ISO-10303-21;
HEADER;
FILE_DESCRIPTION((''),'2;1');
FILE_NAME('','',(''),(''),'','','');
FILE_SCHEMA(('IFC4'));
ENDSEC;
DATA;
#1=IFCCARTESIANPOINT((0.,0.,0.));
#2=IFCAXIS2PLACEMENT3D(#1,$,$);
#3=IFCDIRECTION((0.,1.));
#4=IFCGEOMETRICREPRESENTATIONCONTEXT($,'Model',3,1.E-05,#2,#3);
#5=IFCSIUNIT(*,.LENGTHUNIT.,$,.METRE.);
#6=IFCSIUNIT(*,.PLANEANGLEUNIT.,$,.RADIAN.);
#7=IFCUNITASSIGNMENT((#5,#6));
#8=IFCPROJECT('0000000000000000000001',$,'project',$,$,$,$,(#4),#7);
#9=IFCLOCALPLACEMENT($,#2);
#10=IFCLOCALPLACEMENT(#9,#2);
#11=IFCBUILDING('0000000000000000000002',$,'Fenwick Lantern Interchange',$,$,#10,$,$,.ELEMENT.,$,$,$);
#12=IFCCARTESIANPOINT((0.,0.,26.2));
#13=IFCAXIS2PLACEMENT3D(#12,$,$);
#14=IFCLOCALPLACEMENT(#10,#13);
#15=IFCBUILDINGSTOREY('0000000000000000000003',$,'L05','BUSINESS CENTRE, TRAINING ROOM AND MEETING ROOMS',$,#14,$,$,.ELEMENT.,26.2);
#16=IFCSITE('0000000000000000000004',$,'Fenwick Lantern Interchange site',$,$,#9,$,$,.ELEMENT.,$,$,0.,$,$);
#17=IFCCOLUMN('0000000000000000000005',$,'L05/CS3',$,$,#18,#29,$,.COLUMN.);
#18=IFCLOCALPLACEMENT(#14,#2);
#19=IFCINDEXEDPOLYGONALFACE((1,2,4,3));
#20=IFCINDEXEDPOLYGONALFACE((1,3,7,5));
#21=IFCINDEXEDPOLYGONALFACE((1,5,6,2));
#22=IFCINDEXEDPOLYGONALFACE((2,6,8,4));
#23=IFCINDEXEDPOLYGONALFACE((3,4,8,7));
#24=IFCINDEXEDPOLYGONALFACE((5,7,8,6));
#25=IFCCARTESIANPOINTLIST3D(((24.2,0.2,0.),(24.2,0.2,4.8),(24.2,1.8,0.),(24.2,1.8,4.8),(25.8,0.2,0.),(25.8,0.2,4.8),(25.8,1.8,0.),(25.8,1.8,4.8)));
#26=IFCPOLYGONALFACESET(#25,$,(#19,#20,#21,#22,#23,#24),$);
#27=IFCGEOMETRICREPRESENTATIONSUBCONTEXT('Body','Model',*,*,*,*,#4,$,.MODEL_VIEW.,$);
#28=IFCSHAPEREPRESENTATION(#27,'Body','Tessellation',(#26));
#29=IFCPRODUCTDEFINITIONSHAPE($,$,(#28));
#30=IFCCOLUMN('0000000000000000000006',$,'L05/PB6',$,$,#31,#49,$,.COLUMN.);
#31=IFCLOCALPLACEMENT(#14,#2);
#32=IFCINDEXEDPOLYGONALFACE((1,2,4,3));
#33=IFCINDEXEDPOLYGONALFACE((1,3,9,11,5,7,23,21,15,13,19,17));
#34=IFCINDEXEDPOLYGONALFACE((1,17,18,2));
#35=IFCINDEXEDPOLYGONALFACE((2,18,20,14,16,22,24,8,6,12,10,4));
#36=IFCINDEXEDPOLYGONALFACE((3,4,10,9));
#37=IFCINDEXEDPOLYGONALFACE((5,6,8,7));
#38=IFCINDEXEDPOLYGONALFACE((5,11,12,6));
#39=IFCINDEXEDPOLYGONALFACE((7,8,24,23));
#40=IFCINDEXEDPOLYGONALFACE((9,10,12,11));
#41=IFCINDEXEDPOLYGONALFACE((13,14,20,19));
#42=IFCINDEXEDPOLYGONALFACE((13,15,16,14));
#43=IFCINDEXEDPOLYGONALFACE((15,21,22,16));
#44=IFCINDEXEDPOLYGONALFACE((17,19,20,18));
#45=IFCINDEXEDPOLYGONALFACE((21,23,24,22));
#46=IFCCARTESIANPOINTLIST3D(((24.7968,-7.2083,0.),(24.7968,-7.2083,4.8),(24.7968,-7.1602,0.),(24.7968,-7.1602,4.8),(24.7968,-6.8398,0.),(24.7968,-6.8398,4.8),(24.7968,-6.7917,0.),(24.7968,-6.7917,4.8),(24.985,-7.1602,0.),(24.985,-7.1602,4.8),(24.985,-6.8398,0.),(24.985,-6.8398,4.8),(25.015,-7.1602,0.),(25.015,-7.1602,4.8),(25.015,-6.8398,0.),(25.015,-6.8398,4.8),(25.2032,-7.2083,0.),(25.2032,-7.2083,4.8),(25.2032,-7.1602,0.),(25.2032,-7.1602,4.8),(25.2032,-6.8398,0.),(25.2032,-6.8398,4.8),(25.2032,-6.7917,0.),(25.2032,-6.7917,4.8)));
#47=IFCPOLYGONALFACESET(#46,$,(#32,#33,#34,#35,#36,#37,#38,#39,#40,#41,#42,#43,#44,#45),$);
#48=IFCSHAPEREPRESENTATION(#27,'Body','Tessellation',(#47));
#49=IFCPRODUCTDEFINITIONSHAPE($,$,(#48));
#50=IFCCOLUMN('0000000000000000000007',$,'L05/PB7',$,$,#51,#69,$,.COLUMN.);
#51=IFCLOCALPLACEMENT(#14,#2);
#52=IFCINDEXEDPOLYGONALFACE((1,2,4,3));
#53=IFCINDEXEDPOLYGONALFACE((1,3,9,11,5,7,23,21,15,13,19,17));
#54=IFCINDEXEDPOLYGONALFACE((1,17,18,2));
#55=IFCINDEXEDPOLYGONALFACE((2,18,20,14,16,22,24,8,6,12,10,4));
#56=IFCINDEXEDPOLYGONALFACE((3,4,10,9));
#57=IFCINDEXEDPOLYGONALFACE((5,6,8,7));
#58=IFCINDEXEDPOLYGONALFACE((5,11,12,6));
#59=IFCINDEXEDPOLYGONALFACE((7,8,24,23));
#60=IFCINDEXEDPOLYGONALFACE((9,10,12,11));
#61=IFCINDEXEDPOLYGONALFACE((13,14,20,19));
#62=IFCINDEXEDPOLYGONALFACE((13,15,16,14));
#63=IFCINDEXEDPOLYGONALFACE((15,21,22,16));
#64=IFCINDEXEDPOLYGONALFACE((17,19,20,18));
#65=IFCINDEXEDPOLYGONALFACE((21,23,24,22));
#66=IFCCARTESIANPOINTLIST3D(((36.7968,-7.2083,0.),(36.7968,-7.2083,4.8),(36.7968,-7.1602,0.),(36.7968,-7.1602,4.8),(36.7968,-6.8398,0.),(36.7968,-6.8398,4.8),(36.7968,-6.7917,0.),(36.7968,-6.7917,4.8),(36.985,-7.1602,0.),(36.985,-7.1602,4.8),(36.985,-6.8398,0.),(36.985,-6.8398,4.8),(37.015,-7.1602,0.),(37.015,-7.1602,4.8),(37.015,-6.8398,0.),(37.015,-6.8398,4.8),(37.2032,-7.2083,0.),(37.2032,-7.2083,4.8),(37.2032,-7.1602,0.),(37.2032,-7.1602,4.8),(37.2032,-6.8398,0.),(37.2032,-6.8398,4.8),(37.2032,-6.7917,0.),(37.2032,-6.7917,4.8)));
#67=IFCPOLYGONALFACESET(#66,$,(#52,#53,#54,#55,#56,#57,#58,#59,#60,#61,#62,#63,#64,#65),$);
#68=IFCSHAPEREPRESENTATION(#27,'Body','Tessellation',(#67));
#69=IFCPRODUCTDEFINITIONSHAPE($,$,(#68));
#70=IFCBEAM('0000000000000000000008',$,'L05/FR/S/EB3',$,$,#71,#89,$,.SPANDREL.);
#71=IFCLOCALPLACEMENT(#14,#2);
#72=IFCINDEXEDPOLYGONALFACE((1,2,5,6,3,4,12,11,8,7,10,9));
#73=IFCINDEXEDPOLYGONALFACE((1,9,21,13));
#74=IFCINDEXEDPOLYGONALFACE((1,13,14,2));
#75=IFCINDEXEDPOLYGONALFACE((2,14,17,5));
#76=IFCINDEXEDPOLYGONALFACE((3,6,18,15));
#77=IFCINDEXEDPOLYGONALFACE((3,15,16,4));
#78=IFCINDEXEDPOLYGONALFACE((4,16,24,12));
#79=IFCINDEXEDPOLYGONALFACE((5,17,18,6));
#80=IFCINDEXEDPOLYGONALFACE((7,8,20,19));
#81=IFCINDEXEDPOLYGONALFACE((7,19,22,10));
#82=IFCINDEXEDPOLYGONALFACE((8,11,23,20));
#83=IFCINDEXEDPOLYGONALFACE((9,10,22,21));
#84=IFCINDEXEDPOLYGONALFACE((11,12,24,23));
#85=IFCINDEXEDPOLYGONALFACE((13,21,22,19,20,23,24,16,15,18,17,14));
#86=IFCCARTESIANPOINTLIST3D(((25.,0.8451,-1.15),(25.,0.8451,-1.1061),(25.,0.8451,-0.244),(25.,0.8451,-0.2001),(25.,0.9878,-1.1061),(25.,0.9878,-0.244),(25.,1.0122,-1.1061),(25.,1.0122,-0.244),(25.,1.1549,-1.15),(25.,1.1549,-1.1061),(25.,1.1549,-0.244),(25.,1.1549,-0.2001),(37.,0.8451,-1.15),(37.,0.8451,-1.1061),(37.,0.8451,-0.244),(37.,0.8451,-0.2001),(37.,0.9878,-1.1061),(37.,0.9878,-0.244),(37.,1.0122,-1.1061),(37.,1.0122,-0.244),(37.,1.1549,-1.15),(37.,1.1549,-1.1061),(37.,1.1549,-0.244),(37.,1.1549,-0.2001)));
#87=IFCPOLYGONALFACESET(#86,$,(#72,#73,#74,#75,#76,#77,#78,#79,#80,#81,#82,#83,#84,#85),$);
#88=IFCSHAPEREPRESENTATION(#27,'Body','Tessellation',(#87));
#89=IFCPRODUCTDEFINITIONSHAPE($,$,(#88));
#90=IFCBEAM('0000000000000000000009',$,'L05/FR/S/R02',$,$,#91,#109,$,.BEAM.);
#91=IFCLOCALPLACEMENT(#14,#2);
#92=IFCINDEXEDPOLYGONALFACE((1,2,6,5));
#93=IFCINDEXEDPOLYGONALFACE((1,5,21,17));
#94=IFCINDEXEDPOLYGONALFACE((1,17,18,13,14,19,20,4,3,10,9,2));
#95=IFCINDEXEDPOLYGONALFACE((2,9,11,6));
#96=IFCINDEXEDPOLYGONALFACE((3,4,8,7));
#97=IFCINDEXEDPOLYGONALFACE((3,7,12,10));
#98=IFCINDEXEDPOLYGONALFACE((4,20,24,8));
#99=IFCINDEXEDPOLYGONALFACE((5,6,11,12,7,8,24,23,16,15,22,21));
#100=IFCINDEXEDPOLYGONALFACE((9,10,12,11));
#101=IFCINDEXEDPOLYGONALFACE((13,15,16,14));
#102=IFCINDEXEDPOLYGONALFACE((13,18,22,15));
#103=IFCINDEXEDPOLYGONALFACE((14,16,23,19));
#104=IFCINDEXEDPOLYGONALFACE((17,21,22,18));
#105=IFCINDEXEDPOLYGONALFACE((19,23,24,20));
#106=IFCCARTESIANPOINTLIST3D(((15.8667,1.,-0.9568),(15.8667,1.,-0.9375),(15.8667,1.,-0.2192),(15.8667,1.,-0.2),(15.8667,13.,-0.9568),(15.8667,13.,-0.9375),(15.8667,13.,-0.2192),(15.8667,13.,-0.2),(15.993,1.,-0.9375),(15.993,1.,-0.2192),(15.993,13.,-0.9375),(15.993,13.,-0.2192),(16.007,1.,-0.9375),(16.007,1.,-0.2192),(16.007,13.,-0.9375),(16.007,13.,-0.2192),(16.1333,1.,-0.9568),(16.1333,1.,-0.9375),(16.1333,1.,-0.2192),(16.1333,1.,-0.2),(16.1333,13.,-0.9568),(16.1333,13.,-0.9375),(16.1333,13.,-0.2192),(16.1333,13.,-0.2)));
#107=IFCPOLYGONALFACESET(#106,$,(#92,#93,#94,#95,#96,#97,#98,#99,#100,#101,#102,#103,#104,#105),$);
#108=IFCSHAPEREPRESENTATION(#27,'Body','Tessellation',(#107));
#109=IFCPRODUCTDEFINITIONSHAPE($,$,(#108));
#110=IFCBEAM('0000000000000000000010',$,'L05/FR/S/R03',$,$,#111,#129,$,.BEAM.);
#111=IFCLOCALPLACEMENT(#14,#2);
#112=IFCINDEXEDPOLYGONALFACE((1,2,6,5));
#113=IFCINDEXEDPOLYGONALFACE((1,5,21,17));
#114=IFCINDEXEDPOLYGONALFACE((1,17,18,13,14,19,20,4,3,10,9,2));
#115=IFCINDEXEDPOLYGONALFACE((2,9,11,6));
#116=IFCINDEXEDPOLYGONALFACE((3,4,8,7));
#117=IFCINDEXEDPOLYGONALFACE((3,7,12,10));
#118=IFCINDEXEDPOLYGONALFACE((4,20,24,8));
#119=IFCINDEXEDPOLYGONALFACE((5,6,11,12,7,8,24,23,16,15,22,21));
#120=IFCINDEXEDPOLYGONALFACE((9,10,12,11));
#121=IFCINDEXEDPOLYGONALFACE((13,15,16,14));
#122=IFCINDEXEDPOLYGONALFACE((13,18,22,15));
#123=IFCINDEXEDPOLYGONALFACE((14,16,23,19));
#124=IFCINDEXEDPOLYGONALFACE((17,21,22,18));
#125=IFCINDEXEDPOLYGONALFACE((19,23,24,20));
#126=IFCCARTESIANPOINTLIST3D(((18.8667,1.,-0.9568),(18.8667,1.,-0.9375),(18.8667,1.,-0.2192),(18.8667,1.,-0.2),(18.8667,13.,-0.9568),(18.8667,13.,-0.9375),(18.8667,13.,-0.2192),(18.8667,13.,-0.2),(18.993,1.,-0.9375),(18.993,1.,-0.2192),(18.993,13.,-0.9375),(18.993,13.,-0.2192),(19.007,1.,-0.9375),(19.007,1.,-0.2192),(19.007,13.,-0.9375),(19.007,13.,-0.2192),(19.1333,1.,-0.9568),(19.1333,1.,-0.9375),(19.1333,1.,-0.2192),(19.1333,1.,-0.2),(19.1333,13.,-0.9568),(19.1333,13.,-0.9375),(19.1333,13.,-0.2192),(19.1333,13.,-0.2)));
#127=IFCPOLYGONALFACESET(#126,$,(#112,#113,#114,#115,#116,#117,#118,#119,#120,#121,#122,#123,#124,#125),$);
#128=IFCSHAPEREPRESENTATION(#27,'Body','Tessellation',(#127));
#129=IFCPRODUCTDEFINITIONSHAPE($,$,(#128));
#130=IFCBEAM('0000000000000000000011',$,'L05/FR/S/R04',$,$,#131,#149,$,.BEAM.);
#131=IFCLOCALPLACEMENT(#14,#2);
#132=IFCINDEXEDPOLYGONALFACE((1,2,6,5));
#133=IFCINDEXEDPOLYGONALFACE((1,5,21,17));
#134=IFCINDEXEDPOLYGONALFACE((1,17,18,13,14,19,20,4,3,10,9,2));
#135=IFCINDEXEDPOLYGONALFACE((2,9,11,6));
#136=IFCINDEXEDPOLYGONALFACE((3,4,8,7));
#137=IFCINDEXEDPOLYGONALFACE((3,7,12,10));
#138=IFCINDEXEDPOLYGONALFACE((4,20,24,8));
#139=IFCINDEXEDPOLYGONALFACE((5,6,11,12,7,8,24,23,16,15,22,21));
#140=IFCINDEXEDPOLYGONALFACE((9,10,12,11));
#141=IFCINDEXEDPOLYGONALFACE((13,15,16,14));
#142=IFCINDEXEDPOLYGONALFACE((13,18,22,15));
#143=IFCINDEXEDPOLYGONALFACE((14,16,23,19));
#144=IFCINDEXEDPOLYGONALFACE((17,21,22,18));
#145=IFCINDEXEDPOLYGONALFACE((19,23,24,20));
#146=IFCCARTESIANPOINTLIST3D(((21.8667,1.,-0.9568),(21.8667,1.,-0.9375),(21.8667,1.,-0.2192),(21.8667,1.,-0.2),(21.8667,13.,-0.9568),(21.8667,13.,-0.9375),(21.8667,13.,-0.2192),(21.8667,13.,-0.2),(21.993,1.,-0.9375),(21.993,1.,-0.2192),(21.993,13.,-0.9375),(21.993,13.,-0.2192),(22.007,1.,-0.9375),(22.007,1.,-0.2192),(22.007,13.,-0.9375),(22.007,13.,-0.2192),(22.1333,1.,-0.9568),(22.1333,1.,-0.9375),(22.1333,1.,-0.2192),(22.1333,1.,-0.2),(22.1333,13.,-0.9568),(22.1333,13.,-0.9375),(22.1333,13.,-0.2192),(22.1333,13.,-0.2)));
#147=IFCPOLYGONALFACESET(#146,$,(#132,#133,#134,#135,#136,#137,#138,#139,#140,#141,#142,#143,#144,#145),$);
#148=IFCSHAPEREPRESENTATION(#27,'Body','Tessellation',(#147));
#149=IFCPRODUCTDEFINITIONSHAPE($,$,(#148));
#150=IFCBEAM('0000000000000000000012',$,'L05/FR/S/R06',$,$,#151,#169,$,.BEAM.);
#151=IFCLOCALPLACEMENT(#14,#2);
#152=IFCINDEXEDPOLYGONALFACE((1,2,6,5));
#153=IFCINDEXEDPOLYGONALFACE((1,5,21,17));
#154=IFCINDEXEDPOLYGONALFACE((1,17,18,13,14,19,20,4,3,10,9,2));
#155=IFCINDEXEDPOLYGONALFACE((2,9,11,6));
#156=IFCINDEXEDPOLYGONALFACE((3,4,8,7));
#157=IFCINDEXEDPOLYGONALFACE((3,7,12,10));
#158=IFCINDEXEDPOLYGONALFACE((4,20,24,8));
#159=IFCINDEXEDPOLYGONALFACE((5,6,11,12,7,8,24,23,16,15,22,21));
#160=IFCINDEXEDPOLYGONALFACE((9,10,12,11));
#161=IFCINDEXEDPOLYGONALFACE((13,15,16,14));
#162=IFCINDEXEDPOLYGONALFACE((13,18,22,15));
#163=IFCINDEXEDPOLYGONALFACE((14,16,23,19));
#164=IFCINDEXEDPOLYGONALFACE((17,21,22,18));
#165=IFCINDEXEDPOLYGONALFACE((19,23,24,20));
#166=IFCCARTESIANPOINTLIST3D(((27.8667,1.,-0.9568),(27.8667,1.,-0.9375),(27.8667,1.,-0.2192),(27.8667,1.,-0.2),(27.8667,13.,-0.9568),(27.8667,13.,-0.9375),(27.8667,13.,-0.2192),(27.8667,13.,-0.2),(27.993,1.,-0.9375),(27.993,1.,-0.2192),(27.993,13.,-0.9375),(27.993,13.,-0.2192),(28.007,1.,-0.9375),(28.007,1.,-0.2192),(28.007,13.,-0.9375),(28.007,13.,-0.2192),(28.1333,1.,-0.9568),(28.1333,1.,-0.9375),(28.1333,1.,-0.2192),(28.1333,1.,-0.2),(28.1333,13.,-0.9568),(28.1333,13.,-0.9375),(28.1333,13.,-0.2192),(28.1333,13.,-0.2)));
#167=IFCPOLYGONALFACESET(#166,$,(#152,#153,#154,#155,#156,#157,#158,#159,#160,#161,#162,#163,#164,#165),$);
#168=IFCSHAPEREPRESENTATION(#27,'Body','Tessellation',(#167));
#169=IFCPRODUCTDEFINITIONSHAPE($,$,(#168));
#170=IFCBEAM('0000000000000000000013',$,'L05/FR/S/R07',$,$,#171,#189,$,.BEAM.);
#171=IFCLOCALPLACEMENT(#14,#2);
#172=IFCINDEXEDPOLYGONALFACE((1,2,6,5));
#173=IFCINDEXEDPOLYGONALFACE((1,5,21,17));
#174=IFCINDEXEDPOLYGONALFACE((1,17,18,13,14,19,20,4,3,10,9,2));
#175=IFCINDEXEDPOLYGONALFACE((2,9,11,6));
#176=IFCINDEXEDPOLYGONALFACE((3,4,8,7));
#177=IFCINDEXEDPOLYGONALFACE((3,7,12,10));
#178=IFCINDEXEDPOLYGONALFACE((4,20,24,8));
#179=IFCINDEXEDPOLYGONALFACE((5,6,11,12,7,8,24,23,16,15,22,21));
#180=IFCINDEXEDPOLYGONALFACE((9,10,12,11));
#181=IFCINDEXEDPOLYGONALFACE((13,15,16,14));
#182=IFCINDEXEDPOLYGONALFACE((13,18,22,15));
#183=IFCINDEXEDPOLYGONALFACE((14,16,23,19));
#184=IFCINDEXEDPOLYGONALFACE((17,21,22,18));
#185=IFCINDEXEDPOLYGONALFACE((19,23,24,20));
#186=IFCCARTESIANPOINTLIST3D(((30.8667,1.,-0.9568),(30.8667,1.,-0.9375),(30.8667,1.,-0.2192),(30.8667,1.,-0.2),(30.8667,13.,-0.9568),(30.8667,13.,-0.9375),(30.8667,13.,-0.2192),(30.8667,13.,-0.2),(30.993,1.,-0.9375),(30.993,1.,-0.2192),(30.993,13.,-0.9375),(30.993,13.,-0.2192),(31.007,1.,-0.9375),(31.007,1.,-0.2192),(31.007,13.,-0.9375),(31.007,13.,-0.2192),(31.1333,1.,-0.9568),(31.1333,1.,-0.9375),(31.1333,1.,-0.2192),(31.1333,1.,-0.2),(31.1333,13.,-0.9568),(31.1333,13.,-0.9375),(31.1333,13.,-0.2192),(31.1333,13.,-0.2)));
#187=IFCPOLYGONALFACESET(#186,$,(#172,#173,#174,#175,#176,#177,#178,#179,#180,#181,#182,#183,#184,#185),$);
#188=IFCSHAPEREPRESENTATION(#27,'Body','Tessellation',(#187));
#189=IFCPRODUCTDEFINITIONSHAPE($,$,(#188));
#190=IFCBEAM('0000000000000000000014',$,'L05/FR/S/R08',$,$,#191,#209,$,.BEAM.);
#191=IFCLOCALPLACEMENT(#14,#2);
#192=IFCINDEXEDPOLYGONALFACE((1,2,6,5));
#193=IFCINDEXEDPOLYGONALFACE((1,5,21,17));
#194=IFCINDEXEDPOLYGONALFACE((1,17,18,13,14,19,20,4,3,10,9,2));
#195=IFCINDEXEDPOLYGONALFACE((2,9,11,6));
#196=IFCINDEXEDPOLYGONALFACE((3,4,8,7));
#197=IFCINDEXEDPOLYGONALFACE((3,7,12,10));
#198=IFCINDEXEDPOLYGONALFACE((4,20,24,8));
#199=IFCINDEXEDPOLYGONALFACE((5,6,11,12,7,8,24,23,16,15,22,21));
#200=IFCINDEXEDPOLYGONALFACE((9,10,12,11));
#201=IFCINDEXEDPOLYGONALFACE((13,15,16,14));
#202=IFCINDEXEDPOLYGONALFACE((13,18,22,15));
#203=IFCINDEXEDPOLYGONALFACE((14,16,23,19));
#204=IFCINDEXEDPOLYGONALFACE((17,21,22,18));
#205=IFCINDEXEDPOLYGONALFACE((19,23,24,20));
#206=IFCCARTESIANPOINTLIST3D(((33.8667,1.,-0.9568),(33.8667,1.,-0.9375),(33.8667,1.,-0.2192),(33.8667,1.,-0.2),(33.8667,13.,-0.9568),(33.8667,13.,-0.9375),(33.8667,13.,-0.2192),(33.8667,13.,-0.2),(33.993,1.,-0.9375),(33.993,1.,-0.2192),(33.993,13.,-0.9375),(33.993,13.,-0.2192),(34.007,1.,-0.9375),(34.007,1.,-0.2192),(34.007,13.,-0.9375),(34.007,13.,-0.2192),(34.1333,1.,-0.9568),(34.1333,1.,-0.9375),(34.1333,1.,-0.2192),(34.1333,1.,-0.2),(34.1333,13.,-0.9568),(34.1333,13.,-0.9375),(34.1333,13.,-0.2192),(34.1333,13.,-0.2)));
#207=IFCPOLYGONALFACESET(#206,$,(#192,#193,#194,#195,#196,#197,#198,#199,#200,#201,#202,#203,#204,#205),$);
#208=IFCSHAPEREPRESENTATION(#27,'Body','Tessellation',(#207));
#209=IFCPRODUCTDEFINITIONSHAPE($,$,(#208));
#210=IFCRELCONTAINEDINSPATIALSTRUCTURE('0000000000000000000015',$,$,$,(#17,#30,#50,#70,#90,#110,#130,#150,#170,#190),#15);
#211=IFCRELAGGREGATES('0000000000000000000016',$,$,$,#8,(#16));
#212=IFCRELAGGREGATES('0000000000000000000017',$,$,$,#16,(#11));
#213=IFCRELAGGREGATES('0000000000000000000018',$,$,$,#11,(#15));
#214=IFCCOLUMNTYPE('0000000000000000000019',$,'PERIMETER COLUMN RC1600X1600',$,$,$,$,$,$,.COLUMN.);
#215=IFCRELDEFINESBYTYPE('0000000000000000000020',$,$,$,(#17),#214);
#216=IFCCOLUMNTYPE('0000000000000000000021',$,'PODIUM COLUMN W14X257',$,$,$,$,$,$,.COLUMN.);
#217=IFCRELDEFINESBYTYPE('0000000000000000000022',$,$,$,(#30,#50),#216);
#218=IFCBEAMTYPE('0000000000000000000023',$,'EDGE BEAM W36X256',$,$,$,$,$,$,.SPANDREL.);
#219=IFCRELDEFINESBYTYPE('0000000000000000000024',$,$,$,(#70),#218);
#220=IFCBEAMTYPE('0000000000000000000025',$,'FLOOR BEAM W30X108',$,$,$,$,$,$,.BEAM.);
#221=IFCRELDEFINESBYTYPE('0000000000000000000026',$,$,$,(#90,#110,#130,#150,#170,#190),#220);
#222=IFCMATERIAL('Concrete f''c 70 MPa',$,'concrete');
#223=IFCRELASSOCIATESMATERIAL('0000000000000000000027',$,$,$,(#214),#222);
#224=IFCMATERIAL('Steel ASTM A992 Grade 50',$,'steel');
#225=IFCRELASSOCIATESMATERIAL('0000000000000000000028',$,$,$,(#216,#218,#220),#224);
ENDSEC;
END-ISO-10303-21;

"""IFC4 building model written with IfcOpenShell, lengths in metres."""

from ifc_helpers import new_model, si_unit, direction, frame, origin, origin_2d, place, context, subcontext, project, spatial, rectangle, i_section, extrude, material, material_profile, profile_set, type_object, element, save


model = new_model("IFC4")

# Units and contexts
model_context = context("Model", 3, precision=1e-05, world=origin(), true_north=direction((0.0, 1.0)))
body_context = subcontext(model_context, "Body", "Model", "MODEL_VIEW")
ifc_project = project(units=[si_unit("LENGTHUNIT", "METRE"), si_unit("PLANEANGLEUNIT", "RADIAN")], contexts=[model_context])

# Site, building, storey
site_placement = place(None, origin())
site = spatial("IfcSite", under=ifc_project, at=site_placement, Name="Fenwick Lantern Interchange site", CompositionType="ELEMENT", RefElevation=0.0)
building_placement = place(site_placement, origin())
building = spatial("IfcBuilding", under=site, at=building_placement, Name="Fenwick Lantern Interchange", CompositionType="ELEMENT")
storey_placement = place(building_placement, frame((0.0, 0.0, 26.2)))
storey = spatial("IfcBuildingStorey", under=building, at=storey_placement, Name="L05", Description="BUSINESS CENTRE, TRAINING ROOM AND MEETING ROOMS", CompositionType="ELEMENT", Elevation=26.2)

# Columns
ifc_material_1 = material(Name="Concrete f'c 70 MPa", Category="concrete")
ifc_material_profile_1 = material_profile(ifc_material_1, rectangle(XDim=1.6001, YDim=1.6001, at=origin_2d()), Name="RC1600X1600")
ifc_profile_set_1 = profile_set([ifc_material_profile_1], Name="Concrete f'c 70 MPa")
column_type_1 = type_object("IfcColumnType", Name="PERIMETER COLUMN RC1600X1600", PredefinedType="COLUMN", material=ifc_profile_set_1)
column_placement = place(storey_placement, frame((25.0, 1.0, 0.0), z_axis=(0.0, 0.0, 1.0), x_axis=(1.0, 0.0, 0.0)))
element("IfcColumn", 1, at=column_placement, inside=storey, type_object=column_type_1, Name="L05/CS3", PredefinedType="COLUMN", context=body_context, shape_type="SweptSolid", body=[
    extrude(rectangle(XDim=1.6001, YDim=1.6001, at=origin_2d()), origin(), (0.0, 0.0, 1.0), 4.8),
])
ifc_material_2 = material(Name="Steel ASTM A992 Grade 50", Category="steel")
ifc_material_profile_2 = material_profile(ifc_material_2, i_section(OverallWidth=0.4065, OverallDepth=0.4165, WebThickness=0.03, FlangeThickness=0.0481, at=origin_2d()), Name="W14X257")
ifc_profile_set_2 = profile_set([ifc_material_profile_2], Name="Steel ASTM A992 Grade 50")
column_type_2 = type_object("IfcColumnType", Name="PODIUM COLUMN W14X257", PredefinedType="COLUMN", material=ifc_profile_set_2)
for number, where, z_axis, x_axis, name in (
    (2, (25.0, -7.0, 0.0), (0.0, 0.0, 1.0), (1.0, 0.0, 0.0), "L05/PB6"),
    (3, (37.0, -7.0, 0.0), (0.0, 0.0, 1.0), (1.0, 0.0, 0.0), "L05/PB7"),
):
    element("IfcColumn", number, at=place(storey_placement, frame(where, z_axis=z_axis, x_axis=x_axis)), inside=storey, type_object=column_type_2, Name=name, PredefinedType="COLUMN", context=body_context, shape_type="SweptSolid", body=[
        extrude(i_section(OverallWidth=0.4065, OverallDepth=0.4165, WebThickness=0.03, FlangeThickness=0.0481, at=origin_2d()), origin(), (0.0, 0.0, 1.0), 4.8),
    ])

# Beams
ifc_material_profile_3 = material_profile(ifc_material_2, i_section(OverallWidth=0.3098, OverallDepth=0.95, WebThickness=0.0244, FlangeThickness=0.0439, at=origin_2d()), Name="W36X256")
ifc_profile_set_3 = profile_set([ifc_material_profile_3], Name="Steel ASTM A992 Grade 50")
beam_type_1 = type_object("IfcBeamType", Name="EDGE BEAM W36X256", PredefinedType="SPANDREL", material=ifc_profile_set_3)
beam_1_placement = place(storey_placement, frame((25.0, 1.0, -0.675), z_axis=(1.0, 0.0, 0.0), x_axis=(0.0, 1.0, 0.0)))
element("IfcBeam", 4, at=beam_1_placement, inside=storey, type_object=beam_type_1, Name="L05/FR/S/EB3", PredefinedType="SPANDREL", context=body_context, shape_type="SweptSolid", body=[
    extrude(i_section(OverallWidth=0.3098, OverallDepth=0.95, WebThickness=0.0244, FlangeThickness=0.0439, at=origin_2d()), origin(), (0.0, 0.0, 1.0), 12.0),
])
ifc_material_profile_4 = material_profile(ifc_material_2, i_section(OverallWidth=0.2666, OverallDepth=0.7568, WebThickness=0.0139, FlangeThickness=0.0193, at=origin_2d()), Name="W30X108")
ifc_profile_set_4 = profile_set([ifc_material_profile_4], Name="Steel ASTM A992 Grade 50")
beam_type_2 = type_object("IfcBeamType", Name="FLOOR BEAM W30X108", PredefinedType="BEAM", material=ifc_profile_set_4)
for number, where, z_axis, x_axis, name in (
    (5, (16.0, 1.0, -0.5784), (0.0, 1.0, 0.0), (-1.0, 0.0, 0.0), "L05/FR/S/R02"),
    (6, (19.0, 1.0, -0.5784), (0.0, 1.0, 0.0), (-1.0, 0.0, 0.0), "L05/FR/S/R03"),
    (7, (22.0, 1.0, -0.5784), (0.0, 1.0, 0.0), (-1.0, 0.0, 0.0), "L05/FR/S/R04"),
    (8, (28.0, 1.0, -0.5784), (0.0, 1.0, 0.0), (-1.0, 0.0, 0.0), "L05/FR/S/R06"),
    (9, (31.0, 1.0, -0.5784), (0.0, 1.0, 0.0), (-1.0, 0.0, 0.0), "L05/FR/S/R07"),
    (10, (34.0, 1.0, -0.5784), (0.0, 1.0, 0.0), (-1.0, 0.0, 0.0), "L05/FR/S/R08"),
):
    element("IfcBeam", number, at=place(storey_placement, frame(where, z_axis=z_axis, x_axis=x_axis)), inside=storey, type_object=beam_type_2, Name=name, PredefinedType="BEAM", context=body_context, shape_type="SweptSolid", body=[
        extrude(i_section(OverallWidth=0.2666, OverallDepth=0.7568, WebThickness=0.0139, FlangeThickness=0.0193, at=origin_2d()), origin(), (0.0, 0.0, 1.0), 12.0),
    ])

save(model, "model.ifc")
